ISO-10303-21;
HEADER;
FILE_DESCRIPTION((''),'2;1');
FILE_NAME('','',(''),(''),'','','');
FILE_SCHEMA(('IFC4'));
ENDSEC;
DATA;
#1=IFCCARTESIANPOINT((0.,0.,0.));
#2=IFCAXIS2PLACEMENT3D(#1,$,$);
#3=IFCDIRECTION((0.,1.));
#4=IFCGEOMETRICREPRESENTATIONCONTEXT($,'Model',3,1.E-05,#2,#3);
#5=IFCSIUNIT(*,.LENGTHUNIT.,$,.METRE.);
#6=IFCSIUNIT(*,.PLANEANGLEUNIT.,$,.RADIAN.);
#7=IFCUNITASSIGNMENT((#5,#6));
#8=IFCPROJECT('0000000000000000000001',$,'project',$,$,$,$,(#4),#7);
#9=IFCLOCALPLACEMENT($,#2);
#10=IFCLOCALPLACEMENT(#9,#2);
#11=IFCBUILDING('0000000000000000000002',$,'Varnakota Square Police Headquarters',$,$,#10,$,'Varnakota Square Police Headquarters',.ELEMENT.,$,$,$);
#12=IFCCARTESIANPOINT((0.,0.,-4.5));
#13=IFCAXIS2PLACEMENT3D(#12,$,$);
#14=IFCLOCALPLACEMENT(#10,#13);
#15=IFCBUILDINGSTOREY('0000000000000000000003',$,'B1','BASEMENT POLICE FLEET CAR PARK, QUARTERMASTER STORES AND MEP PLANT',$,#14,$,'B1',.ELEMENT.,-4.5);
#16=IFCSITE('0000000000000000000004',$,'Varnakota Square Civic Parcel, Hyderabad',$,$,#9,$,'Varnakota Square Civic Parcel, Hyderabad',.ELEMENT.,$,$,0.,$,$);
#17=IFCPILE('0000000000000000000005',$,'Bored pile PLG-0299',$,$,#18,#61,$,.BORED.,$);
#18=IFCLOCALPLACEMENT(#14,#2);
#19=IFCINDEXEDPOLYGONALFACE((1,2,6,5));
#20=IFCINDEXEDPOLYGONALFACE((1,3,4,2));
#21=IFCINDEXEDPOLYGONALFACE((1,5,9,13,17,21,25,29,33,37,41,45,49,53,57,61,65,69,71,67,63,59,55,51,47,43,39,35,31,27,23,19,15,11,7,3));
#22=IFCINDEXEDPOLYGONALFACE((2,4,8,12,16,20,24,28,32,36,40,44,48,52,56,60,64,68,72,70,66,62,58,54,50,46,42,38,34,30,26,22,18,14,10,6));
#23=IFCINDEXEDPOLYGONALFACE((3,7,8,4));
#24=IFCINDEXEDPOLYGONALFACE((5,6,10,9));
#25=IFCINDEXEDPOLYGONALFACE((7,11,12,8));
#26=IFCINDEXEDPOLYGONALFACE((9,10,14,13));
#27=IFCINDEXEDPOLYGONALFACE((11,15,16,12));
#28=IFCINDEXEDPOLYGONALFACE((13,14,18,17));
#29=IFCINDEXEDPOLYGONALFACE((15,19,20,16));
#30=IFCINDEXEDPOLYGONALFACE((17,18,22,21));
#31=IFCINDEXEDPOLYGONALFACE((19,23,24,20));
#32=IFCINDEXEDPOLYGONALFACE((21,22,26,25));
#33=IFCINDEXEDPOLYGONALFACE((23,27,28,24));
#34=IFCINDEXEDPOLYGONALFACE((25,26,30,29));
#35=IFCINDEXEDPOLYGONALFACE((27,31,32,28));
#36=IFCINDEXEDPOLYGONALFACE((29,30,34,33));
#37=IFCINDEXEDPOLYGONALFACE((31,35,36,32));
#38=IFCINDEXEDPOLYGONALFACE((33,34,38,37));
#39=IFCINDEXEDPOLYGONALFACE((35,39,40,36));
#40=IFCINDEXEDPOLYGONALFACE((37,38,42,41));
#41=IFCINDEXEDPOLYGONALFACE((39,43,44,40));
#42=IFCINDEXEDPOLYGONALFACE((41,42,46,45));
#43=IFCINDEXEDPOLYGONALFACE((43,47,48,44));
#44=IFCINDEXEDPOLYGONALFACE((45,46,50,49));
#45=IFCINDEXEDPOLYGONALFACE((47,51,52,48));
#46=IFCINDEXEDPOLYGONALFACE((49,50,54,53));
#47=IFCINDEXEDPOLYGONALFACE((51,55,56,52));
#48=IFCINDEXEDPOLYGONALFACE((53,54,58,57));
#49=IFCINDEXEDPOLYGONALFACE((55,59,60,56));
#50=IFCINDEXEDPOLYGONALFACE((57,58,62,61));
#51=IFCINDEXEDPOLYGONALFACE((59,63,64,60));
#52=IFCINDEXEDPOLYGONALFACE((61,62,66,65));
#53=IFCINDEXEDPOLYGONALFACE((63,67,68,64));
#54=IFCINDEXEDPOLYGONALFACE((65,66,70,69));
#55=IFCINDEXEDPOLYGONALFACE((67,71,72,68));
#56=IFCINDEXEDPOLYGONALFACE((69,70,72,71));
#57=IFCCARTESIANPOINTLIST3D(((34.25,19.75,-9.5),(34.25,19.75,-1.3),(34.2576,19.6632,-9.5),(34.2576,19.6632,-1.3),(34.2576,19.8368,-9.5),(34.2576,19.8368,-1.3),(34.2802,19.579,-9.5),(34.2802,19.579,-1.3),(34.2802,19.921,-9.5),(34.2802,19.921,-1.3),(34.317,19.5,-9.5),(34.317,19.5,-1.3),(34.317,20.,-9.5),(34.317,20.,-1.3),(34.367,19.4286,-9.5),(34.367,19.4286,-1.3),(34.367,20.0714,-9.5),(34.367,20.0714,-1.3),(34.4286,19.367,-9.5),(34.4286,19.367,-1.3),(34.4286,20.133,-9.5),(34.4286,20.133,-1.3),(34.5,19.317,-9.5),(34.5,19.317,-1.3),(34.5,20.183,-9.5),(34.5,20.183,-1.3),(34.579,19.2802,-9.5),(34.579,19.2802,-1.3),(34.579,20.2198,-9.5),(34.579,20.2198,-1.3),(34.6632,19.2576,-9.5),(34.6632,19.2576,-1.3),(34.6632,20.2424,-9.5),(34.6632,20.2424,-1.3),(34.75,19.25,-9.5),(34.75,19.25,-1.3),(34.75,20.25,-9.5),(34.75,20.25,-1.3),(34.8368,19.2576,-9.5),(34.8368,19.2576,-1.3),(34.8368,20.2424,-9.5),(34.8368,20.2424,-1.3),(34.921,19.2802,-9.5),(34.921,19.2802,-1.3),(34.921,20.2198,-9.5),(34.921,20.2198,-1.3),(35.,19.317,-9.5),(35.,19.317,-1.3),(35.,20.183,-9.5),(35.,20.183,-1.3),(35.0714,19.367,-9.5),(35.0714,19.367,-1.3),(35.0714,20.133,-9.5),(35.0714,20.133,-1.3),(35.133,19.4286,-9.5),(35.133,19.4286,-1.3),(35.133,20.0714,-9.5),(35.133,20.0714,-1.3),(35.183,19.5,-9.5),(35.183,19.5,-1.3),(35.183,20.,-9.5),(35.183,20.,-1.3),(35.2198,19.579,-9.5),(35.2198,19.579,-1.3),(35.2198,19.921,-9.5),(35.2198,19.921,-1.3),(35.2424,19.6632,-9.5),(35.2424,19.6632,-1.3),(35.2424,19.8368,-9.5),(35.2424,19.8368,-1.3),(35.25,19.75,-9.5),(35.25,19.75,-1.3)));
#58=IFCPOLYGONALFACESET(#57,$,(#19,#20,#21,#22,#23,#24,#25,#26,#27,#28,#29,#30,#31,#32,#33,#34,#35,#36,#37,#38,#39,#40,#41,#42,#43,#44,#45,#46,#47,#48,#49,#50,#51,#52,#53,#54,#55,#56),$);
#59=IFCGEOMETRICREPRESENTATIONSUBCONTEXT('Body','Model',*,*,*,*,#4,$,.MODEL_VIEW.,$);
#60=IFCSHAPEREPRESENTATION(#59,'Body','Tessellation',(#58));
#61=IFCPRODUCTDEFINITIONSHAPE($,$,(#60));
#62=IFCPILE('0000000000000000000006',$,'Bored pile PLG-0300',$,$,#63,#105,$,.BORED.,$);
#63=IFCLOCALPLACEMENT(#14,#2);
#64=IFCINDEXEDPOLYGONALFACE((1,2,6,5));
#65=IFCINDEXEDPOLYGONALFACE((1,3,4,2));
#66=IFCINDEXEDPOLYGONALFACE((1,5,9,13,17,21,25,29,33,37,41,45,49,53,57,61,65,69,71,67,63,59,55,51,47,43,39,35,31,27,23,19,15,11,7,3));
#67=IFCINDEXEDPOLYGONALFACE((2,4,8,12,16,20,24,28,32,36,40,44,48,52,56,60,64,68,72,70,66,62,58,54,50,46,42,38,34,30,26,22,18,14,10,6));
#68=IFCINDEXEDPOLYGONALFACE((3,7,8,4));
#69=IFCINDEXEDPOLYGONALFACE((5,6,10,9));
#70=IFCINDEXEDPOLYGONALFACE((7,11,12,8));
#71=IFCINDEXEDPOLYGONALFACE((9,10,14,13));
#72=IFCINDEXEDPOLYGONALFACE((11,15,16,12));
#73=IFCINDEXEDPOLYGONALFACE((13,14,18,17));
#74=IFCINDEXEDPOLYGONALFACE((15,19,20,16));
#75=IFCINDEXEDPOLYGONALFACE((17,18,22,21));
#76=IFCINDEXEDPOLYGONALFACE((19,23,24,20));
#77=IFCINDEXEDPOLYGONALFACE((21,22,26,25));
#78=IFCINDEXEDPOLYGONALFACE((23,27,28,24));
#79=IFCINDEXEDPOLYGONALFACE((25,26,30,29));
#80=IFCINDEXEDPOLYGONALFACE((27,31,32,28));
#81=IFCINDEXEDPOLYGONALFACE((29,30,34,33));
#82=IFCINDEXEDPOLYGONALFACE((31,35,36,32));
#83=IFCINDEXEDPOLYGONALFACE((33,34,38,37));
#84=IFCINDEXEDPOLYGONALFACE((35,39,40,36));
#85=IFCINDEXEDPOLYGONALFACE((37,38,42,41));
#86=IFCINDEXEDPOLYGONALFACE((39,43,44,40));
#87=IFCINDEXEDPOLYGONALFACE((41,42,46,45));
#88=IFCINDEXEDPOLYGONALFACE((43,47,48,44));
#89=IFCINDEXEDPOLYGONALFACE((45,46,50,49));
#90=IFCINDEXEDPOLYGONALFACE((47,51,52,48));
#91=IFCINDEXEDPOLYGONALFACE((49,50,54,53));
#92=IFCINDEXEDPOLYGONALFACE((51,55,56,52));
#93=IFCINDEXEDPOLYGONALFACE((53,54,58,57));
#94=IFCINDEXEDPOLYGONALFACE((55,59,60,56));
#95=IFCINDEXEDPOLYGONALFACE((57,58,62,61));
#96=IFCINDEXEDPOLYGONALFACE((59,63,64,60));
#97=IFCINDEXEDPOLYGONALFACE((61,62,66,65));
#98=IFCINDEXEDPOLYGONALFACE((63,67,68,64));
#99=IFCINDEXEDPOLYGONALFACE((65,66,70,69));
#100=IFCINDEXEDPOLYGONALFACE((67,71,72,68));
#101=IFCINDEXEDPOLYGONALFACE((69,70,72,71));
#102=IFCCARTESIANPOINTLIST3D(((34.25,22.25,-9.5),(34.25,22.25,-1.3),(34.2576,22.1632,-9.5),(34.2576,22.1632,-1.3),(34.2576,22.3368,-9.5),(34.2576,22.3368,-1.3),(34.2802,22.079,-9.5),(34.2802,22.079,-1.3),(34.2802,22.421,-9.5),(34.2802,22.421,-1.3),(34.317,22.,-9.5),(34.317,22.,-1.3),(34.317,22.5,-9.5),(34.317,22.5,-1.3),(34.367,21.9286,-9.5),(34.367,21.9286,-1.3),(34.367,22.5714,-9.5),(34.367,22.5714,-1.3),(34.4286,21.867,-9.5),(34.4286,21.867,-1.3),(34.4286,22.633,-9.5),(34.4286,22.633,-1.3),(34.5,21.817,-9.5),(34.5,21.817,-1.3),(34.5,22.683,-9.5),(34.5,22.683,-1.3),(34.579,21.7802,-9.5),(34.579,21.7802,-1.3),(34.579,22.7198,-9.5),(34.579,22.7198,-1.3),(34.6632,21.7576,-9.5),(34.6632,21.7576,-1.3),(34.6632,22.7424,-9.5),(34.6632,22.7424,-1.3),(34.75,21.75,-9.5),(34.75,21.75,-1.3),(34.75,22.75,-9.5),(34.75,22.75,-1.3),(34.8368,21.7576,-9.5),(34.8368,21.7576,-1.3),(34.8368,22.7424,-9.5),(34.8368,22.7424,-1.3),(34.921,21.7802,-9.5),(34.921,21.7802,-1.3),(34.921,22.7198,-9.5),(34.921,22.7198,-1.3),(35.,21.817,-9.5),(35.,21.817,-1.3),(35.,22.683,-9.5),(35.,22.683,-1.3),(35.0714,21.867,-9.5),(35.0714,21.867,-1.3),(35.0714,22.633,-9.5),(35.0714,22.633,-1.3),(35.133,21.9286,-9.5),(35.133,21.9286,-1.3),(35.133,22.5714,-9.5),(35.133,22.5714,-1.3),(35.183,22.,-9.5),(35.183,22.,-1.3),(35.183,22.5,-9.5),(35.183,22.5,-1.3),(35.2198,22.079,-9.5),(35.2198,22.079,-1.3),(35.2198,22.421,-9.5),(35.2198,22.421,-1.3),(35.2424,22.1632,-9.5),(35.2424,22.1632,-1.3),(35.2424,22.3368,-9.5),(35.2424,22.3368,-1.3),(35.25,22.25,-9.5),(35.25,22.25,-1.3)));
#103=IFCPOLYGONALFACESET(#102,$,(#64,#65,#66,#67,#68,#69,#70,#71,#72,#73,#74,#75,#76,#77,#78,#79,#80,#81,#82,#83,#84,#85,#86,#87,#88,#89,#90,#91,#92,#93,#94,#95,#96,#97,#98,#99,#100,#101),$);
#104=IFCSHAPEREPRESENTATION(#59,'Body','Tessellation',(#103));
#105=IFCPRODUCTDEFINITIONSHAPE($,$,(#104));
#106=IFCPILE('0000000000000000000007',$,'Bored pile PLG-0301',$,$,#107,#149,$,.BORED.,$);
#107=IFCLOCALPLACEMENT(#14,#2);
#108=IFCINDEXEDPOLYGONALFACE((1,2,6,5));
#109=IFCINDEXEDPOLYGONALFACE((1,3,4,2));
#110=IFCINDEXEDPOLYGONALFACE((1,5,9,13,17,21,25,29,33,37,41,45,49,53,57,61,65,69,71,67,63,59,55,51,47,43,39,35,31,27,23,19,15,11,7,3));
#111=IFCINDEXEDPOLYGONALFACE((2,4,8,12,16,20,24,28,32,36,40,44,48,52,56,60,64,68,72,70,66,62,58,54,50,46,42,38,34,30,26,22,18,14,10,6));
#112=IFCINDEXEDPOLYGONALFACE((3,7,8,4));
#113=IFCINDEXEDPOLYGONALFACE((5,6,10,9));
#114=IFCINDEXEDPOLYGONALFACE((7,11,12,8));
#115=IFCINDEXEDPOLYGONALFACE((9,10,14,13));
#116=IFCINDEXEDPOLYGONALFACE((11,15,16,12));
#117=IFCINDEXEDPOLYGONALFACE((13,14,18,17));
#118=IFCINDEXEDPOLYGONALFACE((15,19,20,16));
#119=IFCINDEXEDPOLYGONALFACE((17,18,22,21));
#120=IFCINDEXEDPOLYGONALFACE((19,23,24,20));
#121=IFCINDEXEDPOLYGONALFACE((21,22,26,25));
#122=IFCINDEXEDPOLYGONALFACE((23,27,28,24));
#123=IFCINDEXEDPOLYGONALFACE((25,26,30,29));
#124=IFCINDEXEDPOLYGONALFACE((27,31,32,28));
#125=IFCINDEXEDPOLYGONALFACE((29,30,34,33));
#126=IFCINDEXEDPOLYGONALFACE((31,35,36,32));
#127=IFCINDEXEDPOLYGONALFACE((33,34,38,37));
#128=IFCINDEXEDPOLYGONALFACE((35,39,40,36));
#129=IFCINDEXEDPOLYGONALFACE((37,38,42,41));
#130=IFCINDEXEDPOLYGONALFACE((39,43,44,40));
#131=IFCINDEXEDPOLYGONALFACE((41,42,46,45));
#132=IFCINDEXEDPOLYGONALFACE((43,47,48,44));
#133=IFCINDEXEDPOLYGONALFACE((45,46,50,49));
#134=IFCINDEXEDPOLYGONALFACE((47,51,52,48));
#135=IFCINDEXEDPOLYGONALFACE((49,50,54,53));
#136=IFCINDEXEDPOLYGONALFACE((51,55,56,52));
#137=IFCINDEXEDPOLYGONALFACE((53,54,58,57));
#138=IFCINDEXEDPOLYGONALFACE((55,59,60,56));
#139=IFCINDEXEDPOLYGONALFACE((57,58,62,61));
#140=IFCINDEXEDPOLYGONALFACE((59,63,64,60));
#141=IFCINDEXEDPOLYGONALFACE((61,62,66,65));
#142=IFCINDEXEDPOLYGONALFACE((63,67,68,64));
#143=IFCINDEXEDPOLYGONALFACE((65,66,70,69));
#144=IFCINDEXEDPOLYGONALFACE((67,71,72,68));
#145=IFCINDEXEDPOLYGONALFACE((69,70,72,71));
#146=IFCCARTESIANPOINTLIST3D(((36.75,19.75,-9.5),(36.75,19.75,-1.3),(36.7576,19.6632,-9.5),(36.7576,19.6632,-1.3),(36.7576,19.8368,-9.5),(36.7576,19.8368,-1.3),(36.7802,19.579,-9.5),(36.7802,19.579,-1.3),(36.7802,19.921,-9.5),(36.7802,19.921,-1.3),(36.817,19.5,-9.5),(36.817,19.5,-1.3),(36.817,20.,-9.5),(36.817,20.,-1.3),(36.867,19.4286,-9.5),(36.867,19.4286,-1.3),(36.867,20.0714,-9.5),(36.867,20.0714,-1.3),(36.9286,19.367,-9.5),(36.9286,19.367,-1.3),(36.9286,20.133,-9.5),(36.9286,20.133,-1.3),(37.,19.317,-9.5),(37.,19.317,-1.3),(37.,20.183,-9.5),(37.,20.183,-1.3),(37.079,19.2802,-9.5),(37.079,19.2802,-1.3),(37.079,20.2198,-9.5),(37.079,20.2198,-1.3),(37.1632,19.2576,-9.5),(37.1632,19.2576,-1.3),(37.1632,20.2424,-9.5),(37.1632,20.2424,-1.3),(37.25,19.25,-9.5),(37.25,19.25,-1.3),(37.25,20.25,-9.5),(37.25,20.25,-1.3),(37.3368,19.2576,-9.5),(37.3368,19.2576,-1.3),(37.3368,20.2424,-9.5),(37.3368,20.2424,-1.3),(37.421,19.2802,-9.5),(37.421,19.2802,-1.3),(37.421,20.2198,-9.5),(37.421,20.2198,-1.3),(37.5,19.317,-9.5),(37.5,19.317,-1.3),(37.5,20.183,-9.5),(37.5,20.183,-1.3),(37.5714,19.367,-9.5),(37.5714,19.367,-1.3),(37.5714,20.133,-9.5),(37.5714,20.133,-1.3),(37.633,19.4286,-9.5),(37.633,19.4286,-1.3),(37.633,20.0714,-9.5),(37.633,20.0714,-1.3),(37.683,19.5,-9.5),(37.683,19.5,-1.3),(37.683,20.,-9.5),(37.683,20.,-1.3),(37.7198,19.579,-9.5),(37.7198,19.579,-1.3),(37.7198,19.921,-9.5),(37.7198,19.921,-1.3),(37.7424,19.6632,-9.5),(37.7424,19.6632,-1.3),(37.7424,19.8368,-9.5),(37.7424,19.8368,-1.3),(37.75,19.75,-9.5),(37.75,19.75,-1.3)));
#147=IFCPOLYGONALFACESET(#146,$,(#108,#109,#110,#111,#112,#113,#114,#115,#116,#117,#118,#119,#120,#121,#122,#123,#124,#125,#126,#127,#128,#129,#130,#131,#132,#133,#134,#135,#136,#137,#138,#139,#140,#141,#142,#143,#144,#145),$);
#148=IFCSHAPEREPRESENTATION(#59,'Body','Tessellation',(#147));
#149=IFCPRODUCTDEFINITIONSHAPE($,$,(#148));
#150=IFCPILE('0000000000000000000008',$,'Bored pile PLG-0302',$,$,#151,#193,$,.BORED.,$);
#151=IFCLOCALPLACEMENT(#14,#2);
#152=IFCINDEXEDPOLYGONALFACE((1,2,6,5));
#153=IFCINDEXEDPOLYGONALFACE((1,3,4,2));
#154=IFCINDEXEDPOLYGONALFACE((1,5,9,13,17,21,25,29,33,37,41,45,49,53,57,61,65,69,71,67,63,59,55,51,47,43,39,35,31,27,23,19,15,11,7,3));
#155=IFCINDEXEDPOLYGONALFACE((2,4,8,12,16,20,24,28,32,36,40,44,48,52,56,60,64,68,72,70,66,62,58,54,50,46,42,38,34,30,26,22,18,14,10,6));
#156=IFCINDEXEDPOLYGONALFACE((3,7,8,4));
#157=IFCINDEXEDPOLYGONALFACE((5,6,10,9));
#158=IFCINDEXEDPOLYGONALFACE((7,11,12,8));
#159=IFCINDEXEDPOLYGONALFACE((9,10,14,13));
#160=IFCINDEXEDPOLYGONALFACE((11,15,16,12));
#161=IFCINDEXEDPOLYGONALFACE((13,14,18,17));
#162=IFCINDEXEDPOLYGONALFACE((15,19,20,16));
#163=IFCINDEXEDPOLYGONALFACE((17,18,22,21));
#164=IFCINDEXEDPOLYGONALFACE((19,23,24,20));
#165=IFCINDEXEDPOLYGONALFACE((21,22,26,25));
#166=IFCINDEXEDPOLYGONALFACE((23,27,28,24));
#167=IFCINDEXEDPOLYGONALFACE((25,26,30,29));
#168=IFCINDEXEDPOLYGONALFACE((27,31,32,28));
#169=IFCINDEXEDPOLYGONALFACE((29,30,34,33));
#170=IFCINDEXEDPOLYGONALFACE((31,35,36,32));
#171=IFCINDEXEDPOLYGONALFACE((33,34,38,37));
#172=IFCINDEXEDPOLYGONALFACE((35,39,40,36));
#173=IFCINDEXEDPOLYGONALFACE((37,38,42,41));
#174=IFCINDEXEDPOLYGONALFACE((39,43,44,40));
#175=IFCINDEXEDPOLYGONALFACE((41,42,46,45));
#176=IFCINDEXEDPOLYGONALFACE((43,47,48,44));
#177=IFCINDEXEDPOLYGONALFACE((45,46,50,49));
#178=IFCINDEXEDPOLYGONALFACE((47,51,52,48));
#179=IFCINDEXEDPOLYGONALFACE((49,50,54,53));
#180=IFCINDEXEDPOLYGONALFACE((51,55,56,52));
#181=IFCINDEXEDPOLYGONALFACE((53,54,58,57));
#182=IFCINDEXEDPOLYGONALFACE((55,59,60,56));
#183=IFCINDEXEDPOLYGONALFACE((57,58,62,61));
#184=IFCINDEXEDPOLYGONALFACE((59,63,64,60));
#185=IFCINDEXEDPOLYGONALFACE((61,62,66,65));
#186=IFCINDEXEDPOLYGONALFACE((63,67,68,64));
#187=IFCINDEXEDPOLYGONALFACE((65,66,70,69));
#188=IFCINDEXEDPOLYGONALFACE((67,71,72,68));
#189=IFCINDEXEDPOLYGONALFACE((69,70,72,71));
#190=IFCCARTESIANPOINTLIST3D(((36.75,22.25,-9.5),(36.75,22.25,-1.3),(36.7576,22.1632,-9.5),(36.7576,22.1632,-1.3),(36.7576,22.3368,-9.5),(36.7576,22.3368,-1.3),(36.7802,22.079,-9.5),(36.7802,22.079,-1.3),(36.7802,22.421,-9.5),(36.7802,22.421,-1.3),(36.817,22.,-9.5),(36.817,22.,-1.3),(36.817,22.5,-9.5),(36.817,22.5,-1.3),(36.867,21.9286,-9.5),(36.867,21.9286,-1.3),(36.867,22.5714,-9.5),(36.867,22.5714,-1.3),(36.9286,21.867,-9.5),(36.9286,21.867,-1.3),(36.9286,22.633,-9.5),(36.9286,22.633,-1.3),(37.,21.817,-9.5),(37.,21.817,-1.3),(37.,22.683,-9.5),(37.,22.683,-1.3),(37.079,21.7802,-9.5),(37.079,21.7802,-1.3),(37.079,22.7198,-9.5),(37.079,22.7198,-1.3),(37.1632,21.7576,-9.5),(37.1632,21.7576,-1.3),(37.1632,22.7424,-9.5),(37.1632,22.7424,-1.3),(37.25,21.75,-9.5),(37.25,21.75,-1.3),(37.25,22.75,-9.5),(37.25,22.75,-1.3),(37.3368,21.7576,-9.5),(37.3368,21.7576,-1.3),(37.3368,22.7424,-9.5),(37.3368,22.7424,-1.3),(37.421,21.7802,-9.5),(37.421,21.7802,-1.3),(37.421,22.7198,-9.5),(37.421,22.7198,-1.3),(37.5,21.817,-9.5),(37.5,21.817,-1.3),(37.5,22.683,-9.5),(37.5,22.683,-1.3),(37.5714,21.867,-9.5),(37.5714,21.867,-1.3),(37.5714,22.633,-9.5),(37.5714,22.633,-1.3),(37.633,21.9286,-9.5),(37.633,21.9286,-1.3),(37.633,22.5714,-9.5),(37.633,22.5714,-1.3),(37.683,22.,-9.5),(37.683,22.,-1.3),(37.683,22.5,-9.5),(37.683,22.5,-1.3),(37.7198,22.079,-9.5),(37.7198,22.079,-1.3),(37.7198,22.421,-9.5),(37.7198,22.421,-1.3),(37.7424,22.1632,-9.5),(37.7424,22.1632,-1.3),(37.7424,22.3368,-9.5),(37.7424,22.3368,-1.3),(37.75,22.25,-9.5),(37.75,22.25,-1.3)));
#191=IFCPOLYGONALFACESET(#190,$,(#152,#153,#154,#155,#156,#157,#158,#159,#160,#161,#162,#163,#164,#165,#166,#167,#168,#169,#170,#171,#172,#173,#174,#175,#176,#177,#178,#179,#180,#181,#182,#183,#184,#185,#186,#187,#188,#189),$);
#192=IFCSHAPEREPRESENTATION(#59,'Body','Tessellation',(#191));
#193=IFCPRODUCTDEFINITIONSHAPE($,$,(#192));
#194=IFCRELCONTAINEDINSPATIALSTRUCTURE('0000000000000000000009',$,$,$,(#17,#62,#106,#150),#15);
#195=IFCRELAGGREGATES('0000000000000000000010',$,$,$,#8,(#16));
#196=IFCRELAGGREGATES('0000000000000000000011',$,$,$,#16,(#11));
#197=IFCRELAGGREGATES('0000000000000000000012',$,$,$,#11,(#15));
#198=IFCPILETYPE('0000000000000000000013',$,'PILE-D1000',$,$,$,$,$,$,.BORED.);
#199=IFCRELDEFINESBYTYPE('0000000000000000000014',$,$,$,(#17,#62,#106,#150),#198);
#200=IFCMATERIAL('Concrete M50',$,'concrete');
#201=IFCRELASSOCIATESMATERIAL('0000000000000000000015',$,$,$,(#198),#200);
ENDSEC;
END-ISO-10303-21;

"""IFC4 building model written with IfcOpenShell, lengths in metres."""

from ifc_helpers import new_model, si_unit, direction, frame, origin, origin_2d, place, context, subcontext, project, spatial, circle, extrude, material, material_profile, profile_set, type_object, element, save


model = new_model("IFC4")

# Units and contexts
model_context = context("Model", 3, precision=1e-05, world=origin(), true_north=direction((0.0, 1.0)))
body_context = subcontext(model_context, "Body", "Model", "MODEL_VIEW")
ifc_project = project(units=[si_unit("LENGTHUNIT", "METRE"), si_unit("PLANEANGLEUNIT", "RADIAN")], contexts=[model_context])

# Site, building, storey
site_placement = place(None, origin())
site = spatial("IfcSite", under=ifc_project, at=site_placement, Name="Varnakota Square Civic Parcel, Hyderabad", LongName="Varnakota Square Civic Parcel, Hyderabad", CompositionType="ELEMENT", RefElevation=0.0)
building_placement = place(site_placement, origin())
building = spatial("IfcBuilding", under=site, at=building_placement, Name="Varnakota Square Police Headquarters", LongName="Varnakota Square Police Headquarters", CompositionType="ELEMENT")
storey_placement = place(building_placement, frame((0.0, 0.0, -4.5)))
storey = spatial("IfcBuildingStorey", under=building, at=storey_placement, Name="B1", Description="BASEMENT POLICE FLEET CAR PARK, QUARTERMASTER STORES AND MEP PLANT", LongName="B1", CompositionType="ELEMENT", Elevation=-4.5)

# Shared definitions
ifc_material_1 = material(Name="Concrete M50", Category="concrete")

# Piles
ifc_material_profile_1 = material_profile(ifc_material_1, circle(Radius=0.5, at=origin_2d()), Name="BORED PILE 1000")
ifc_profile_set_1 = profile_set([ifc_material_profile_1], Name="Concrete M50")
pile_type = type_object("IfcPileType", Name="PILE-D1000", PredefinedType="BORED", material=ifc_profile_set_1)
for number, where, z_axis, x_axis, name in (
    (1, (34.75, 19.75, -1.3), (0.0, 0.0, -1.0), (1.0, 0.0, 0.0), "Bored pile PLG-0299"),
    (2, (34.75, 22.25, -1.3), (0.0, 0.0, -1.0), (1.0, 0.0, 0.0), "Bored pile PLG-0300"),
    (3, (37.25, 19.75, -1.3), (0.0, 0.0, -1.0), (1.0, 0.0, 0.0), "Bored pile PLG-0301"),
    (4, (37.25, 22.25, -1.3), (0.0, 0.0, -1.0), (1.0, 0.0, 0.0), "Bored pile PLG-0302"),
):
    element("IfcPile", number, at=place(storey_placement, frame(where, z_axis=z_axis, x_axis=x_axis)), inside=storey, type_object=pile_type, Name=name, PredefinedType="BORED", context=body_context, shape_type="SweptSolid", body=[
        extrude(circle(Radius=0.5, at=origin_2d()), origin(), (0.0, 0.0, 1.0), 8.2),
    ])

save(model, "model.ifc")
